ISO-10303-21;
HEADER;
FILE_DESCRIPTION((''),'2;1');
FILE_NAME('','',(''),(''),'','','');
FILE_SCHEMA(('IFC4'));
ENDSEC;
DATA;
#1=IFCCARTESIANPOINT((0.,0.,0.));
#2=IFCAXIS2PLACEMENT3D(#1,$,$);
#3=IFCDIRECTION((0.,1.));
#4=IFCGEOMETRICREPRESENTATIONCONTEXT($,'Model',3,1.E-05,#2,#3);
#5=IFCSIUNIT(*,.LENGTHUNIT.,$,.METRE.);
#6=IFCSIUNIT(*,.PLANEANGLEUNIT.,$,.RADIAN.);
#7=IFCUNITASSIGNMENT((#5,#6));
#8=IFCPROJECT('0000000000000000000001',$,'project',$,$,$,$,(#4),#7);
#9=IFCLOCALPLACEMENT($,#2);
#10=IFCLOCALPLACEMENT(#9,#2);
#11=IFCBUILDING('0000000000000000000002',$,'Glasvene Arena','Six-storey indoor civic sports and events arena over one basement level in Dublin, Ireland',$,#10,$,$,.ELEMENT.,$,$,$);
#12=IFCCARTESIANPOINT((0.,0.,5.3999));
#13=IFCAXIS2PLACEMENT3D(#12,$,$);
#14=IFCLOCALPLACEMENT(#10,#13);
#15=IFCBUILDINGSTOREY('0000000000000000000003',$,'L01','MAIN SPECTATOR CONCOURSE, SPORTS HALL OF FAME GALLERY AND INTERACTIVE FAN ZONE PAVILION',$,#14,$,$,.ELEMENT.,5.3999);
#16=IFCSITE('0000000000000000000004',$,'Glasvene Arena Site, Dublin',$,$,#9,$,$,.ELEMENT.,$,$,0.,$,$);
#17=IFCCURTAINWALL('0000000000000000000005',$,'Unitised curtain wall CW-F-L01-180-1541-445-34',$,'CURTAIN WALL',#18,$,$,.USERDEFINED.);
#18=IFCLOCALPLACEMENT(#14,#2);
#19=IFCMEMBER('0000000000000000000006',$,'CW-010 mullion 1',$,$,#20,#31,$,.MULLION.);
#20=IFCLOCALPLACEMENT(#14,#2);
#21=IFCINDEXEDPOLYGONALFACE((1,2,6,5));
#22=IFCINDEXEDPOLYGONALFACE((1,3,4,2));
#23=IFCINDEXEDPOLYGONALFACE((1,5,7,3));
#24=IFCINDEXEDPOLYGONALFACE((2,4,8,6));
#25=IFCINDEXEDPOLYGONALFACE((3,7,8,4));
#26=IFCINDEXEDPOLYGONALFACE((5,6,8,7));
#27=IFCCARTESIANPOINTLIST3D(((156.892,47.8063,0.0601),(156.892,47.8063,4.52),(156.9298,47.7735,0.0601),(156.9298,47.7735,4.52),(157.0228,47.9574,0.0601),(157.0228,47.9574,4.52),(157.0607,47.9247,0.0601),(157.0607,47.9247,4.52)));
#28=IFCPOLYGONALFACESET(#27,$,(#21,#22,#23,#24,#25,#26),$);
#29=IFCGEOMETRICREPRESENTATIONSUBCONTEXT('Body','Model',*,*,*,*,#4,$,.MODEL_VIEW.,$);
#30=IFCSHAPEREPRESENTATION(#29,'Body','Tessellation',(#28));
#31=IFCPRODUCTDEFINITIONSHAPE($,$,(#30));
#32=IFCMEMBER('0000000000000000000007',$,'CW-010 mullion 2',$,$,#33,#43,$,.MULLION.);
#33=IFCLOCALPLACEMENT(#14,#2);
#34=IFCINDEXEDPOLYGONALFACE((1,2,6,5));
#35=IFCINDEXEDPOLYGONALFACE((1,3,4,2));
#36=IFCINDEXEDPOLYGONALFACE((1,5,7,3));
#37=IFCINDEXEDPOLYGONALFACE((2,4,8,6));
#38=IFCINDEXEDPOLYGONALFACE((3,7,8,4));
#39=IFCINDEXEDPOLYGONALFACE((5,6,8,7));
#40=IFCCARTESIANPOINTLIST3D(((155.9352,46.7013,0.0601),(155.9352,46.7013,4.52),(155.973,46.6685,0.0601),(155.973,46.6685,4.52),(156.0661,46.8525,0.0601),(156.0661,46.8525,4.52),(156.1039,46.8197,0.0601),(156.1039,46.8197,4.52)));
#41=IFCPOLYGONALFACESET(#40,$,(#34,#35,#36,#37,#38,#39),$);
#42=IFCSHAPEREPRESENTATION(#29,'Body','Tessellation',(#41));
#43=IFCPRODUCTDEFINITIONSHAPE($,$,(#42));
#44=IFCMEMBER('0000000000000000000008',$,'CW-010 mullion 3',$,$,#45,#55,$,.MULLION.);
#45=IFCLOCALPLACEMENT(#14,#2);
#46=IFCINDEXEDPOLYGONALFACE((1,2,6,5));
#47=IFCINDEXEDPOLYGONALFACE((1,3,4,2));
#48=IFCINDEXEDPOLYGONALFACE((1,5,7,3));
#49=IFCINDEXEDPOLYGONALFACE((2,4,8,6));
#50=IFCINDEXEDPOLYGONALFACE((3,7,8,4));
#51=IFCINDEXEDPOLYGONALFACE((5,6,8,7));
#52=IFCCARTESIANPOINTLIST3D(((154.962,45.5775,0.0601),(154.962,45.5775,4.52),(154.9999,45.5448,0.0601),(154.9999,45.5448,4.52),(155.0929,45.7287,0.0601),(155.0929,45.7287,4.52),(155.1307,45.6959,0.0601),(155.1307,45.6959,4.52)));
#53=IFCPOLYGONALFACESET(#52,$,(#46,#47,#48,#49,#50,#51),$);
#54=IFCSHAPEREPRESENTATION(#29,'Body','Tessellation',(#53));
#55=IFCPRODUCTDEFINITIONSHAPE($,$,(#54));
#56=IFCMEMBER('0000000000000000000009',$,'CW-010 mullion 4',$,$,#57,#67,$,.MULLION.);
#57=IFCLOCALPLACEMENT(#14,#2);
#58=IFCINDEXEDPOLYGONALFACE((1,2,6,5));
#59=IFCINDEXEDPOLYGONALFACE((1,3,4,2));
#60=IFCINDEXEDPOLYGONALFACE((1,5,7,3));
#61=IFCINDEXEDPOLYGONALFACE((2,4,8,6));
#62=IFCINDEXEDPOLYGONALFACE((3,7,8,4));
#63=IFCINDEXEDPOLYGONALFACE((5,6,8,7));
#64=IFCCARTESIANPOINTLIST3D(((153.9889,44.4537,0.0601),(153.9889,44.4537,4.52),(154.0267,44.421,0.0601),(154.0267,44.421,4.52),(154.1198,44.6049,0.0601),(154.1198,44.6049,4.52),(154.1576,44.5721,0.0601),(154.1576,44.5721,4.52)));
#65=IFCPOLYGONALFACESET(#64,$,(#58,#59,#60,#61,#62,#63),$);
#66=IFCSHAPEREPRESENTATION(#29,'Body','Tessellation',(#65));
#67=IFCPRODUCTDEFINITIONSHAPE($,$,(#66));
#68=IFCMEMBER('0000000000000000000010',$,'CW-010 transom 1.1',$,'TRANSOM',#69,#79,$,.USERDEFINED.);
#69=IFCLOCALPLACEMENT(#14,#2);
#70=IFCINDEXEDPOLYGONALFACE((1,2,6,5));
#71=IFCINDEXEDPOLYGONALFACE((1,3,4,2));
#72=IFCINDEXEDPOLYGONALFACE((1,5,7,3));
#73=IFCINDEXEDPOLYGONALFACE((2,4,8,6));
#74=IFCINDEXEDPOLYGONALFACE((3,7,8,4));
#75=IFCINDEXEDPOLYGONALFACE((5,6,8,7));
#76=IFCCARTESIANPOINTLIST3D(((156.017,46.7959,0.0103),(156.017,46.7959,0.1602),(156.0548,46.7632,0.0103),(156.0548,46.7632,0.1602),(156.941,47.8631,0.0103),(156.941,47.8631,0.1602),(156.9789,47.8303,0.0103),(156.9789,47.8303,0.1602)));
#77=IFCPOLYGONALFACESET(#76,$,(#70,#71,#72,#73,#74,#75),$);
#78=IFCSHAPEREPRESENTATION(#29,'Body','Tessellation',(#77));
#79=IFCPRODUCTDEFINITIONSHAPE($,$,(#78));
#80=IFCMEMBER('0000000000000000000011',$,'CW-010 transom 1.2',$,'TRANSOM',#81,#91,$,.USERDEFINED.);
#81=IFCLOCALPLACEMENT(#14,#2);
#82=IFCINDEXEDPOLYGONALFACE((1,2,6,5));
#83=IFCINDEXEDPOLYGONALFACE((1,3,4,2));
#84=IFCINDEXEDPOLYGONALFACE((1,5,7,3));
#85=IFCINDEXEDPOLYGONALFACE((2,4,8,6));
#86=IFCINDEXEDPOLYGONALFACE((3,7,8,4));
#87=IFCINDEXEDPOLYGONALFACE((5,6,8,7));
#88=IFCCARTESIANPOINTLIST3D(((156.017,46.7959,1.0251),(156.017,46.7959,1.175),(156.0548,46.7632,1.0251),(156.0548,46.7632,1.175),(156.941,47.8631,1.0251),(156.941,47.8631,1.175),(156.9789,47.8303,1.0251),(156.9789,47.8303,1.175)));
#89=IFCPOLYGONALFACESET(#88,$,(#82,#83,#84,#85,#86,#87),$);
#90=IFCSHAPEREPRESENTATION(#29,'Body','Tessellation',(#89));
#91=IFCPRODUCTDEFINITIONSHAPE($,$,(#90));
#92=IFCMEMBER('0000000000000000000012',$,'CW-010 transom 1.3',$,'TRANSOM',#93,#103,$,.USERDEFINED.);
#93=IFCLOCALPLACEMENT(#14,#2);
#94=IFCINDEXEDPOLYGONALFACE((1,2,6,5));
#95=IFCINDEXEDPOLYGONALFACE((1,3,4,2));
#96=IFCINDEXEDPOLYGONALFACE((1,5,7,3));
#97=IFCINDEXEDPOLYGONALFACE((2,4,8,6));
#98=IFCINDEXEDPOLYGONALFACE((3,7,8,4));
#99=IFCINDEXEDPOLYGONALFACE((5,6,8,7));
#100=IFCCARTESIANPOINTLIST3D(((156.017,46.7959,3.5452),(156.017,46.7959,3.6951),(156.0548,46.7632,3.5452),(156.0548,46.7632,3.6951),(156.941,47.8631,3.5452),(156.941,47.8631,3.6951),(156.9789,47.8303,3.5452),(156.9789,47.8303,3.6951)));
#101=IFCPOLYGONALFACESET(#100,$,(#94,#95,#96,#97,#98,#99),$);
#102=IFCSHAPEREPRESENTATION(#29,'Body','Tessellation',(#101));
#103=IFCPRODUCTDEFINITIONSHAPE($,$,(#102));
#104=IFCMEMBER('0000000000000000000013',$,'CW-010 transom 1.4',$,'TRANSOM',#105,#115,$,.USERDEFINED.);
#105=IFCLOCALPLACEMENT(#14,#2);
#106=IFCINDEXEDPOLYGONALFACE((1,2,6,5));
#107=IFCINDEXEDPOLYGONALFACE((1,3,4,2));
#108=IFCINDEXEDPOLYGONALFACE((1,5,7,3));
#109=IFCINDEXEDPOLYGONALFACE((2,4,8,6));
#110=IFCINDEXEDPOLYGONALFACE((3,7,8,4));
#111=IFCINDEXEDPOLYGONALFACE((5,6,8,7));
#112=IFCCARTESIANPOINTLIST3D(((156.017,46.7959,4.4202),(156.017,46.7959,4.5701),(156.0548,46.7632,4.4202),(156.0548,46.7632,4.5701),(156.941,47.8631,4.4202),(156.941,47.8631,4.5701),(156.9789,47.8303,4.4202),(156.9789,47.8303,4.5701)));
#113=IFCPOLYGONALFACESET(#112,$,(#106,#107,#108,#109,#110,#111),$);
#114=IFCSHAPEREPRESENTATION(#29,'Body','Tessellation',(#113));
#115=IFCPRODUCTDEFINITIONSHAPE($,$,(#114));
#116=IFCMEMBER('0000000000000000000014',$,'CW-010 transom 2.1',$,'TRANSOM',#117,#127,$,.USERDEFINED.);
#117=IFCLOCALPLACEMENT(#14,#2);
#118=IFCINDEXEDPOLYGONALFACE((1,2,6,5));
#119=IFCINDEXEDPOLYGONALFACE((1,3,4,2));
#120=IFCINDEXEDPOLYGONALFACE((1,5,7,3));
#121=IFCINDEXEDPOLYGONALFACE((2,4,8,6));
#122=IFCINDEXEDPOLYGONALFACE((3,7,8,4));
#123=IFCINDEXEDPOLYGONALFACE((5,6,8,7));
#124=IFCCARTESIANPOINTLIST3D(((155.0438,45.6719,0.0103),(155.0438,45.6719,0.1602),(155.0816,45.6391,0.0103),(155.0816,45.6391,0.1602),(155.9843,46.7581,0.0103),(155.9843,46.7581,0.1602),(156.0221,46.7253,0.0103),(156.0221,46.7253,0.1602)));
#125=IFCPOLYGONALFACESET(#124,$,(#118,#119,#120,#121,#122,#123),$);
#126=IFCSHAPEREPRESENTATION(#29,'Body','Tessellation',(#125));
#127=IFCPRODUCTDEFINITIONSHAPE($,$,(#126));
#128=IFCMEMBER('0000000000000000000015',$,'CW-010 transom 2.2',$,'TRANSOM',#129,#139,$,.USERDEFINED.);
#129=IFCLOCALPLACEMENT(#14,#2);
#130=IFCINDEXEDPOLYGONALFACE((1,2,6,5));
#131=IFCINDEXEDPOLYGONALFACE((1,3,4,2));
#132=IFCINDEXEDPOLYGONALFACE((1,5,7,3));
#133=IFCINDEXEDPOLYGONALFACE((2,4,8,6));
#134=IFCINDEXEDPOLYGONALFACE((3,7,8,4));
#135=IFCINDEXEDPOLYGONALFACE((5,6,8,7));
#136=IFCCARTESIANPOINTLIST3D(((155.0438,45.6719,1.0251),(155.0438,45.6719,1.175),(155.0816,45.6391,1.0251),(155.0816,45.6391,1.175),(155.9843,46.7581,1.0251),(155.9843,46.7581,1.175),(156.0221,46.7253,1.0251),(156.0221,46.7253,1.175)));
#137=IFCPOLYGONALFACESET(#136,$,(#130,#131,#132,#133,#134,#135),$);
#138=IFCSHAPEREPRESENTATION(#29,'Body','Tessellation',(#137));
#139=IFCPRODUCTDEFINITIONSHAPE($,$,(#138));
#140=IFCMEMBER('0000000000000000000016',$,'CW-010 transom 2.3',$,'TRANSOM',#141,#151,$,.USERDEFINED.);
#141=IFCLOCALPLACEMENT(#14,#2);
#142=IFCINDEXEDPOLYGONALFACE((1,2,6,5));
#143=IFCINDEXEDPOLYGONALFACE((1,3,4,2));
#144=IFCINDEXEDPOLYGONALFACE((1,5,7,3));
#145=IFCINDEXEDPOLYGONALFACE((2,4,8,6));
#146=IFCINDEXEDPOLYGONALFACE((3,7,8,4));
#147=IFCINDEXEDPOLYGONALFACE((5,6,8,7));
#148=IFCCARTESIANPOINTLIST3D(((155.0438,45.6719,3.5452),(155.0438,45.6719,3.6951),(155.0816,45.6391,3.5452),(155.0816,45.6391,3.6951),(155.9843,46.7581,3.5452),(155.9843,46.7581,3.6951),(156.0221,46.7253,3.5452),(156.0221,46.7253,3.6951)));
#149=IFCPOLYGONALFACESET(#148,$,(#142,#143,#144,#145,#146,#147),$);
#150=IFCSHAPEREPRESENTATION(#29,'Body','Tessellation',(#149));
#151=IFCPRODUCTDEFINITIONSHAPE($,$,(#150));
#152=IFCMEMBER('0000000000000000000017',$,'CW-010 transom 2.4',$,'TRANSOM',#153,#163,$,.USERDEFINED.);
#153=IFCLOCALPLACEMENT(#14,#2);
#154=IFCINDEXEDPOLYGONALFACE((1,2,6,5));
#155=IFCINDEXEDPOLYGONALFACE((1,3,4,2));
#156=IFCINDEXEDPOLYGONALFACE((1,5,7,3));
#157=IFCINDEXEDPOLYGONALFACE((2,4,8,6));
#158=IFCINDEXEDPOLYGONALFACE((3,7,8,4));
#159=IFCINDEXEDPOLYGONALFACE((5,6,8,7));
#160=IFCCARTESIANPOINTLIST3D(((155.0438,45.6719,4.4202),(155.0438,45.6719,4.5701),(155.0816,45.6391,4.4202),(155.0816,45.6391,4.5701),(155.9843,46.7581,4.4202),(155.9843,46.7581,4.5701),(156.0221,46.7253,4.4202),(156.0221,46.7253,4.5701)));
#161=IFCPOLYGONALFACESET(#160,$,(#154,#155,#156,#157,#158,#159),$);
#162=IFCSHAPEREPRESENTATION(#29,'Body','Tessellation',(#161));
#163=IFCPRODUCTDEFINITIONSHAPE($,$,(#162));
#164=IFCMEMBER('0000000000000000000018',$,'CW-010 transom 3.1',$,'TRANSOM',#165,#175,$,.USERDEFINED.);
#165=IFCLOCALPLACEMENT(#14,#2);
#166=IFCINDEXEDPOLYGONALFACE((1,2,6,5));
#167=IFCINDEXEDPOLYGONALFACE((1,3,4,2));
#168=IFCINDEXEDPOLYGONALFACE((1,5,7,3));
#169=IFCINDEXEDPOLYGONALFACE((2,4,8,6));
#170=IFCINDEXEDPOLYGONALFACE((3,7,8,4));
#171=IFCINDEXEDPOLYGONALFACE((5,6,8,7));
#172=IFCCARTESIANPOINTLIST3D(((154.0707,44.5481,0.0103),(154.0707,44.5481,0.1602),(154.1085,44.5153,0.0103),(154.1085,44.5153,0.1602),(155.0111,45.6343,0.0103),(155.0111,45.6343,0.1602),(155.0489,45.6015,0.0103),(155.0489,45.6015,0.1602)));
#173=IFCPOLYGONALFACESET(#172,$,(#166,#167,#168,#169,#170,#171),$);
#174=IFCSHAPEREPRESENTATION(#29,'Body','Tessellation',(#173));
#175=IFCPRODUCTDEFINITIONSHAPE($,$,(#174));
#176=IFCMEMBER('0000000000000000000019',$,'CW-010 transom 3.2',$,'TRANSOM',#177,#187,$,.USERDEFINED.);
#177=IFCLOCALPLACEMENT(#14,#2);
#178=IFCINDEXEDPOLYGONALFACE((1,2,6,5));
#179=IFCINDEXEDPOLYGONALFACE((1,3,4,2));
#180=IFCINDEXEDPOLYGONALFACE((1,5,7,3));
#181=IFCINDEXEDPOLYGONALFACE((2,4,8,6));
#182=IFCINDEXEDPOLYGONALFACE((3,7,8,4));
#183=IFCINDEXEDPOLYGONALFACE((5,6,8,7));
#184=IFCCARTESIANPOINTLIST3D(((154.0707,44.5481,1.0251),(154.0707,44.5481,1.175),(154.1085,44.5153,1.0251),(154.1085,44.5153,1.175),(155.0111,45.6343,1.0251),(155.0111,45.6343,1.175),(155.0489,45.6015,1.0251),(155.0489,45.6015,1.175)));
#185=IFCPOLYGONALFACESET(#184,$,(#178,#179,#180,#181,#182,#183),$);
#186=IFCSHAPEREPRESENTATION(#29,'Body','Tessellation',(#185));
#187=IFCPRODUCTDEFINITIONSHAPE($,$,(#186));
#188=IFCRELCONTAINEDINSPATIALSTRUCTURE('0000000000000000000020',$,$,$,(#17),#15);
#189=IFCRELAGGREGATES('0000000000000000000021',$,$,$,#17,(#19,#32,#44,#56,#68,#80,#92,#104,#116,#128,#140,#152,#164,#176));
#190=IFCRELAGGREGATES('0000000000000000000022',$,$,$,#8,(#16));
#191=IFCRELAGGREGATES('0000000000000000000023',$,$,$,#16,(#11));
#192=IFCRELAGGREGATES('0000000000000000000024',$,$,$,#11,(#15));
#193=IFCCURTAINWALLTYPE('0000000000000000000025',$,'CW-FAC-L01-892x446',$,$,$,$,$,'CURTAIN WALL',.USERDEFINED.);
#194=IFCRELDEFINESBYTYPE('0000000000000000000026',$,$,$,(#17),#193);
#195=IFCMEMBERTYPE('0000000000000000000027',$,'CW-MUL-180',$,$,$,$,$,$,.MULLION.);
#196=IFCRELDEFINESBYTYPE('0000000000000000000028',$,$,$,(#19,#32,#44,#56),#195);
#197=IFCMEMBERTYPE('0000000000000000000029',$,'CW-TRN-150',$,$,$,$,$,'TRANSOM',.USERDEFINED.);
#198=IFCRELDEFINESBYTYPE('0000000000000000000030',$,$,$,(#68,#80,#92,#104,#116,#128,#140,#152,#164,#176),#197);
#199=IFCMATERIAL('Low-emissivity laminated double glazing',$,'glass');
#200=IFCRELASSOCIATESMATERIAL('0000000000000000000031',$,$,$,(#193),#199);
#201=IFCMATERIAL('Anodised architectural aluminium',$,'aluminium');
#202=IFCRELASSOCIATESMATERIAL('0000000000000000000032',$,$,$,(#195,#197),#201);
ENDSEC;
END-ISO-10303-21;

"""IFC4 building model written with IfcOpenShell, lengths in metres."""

from ifc_helpers import new_model, si_unit, direction, frame, origin, origin_2d, place, context, subcontext, project, spatial, rectangle, extrude, material, material_profile, profile_set, type_object, element, aggregate, save


model = new_model("IFC4")

# Units and contexts
model_context = context("Model", 3, precision=1e-05, world=origin(), true_north=direction((0.0, 1.0)))
body_context = subcontext(model_context, "Body", "Model", "MODEL_VIEW")
ifc_project = project(units=[si_unit("LENGTHUNIT", "METRE"), si_unit("PLANEANGLEUNIT", "RADIAN")], contexts=[model_context])

# Site, building, storey
site_placement = place(None, origin())
site = spatial("IfcSite", under=ifc_project, at=site_placement, Name="Glasvene Arena Site, Dublin", CompositionType="ELEMENT", RefElevation=0.0)
building_placement = place(site_placement, origin())
building = spatial("IfcBuilding", under=site, at=building_placement, Name="Glasvene Arena", Description="Six-storey indoor civic sports and events arena over one basement level in Dublin, Ireland", CompositionType="ELEMENT")
storey_placement = place(building_placement, frame((0.0, 0.0, 5.3999)))
storey = spatial("IfcBuildingStorey", under=building, at=storey_placement, Name="L01", Description="MAIN SPECTATOR CONCOURSE, SPORTS HALL OF FAME GALLERY AND INTERACTIVE FAN ZONE PAVILION", CompositionType="ELEMENT", Elevation=5.3999)

# Curtain wall, members
ifc_material_1 = material(Name="Low-emissivity laminated double glazing", Category="glass")
curtain_wall_type = type_object("IfcCurtainWallType", Name="CW-FAC-L01-892x446", ElementType="CURTAIN WALL", PredefinedType="USERDEFINED", material=ifc_material_1)
curtain_wall_placement = place(storey_placement, frame((156.9927, 47.8845, 0.0)))
curtain_wall = element("IfcCurtainWall", 1, at=curtain_wall_placement, inside=storey, type_object=curtain_wall_type, Name="Unitised curtain wall CW-F-L01-180-1541-445-34", ObjectType="CURTAIN WALL", PredefinedType="USERDEFINED")
ifc_material_2 = material(Name="Anodised architectural aluminium", Category="aluminium")
ifc_material_profile_1 = material_profile(ifc_material_2, rectangle(XDim=0.05, YDim=0.2, at=origin_2d()), Name="ALU MULLION 50x200")
ifc_profile_set_1 = profile_set([ifc_material_profile_1], Name="Anodised architectural aluminium")
member_type_1 = type_object("IfcMemberType", Name="CW-MUL-180", PredefinedType="MULLION", material=ifc_profile_set_1)
member_1_placement = place(storey_placement, frame((156.9763, 47.8655, 0.0601), z_axis=(0.0, 0.0, 1.0), x_axis=(0.755995, -0.654577, 0.0)))
member_1 = element("IfcMember", 2, at=member_1_placement, type_object=member_type_1, Name="CW-010 mullion 1", PredefinedType="MULLION", context=body_context, shape_type="SweptSolid", body=[
    extrude(rectangle(XDim=0.05, YDim=0.2, at=origin_2d()), origin(), (0.0, 0.0, 1.0), 4.46),
])
member_2_placement = place(storey_placement, frame((156.0195, 46.7605, 0.0601), z_axis=(0.0, 0.0, 1.0), x_axis=(0.755995, -0.654577, 0.0)))
member_2 = element("IfcMember", 3, at=member_2_placement, type_object=member_type_1, Name="CW-010 mullion 2", PredefinedType="MULLION", context=body_context, shape_type="SweptSolid", body=[
    extrude(rectangle(XDim=0.05, YDim=0.2, at=origin_2d()), origin(), (0.0, 0.0, 1.0), 4.46),
])
member_3_placement = place(storey_placement, frame((155.0464, 45.6367, 0.0601), z_axis=(0.0, 0.0, 1.0), x_axis=(0.755995, -0.654577, 0.0)))
member_3 = element("IfcMember", 4, at=member_3_placement, type_object=member_type_1, Name="CW-010 mullion 3", PredefinedType="MULLION", context=body_context, shape_type="SweptSolid", body=[
    extrude(rectangle(XDim=0.05, YDim=0.2, at=origin_2d()), origin(), (0.0, 0.0, 1.0), 4.46),
])
member_4_placement = place(storey_placement, frame((154.0732, 44.5129, 0.0601), z_axis=(0.0, 0.0, 1.0), x_axis=(0.755995, -0.654577, 0.0)))
member_4 = element("IfcMember", 5, at=member_4_placement, type_object=member_type_1, Name="CW-010 mullion 4", PredefinedType="MULLION", context=body_context, shape_type="SweptSolid", body=[
    extrude(rectangle(XDim=0.05, YDim=0.2, at=origin_2d()), origin(), (0.0, 0.0, 1.0), 4.46),
])
ifc_material_profile_2 = material_profile(ifc_material_2, rectangle(XDim=0.05, YDim=0.1499, at=origin_2d()), Name="ALU TRANSOM 50x150")
ifc_profile_set_2 = profile_set([ifc_material_profile_2], Name="Anodised architectural aluminium")
member_type_2 = type_object("IfcMemberType", Name="CW-TRN-150", ElementType="TRANSOM", PredefinedType="USERDEFINED", material=ifc_profile_set_2)
member_5_placement = place(storey_placement, frame((156.96, 47.8467, 0.0852), z_axis=(-0.654614, -0.755963, 0.0), x_axis=(0.755963, -0.654614, 0.0)))
member_5 = element("IfcMember", 6, at=member_5_placement, type_object=member_type_2, Name="CW-010 transom 1.1", ObjectType="TRANSOM", PredefinedType="USERDEFINED", context=body_context, shape_type="SweptSolid", body=[
    extrude(rectangle(XDim=0.05, YDim=0.1499, at=origin_2d()), origin(), (0.0, 0.0, 1.0), 1.4116),
])
member_6_placement = place(storey_placement, frame((156.96, 47.8467, 1.1001), z_axis=(-0.654614, -0.755963, 0.0), x_axis=(0.755963, -0.654614, 0.0)))
member_6 = element("IfcMember", 7, at=member_6_placement, type_object=member_type_2, Name="CW-010 transom 1.2", ObjectType="TRANSOM", PredefinedType="USERDEFINED", context=body_context, shape_type="SweptSolid", body=[
    extrude(rectangle(XDim=0.05, YDim=0.1499, at=origin_2d()), origin(), (0.0, 0.0, 1.0), 1.4116),
])
member_7_placement = place(storey_placement, frame((156.96, 47.8467, 3.6201), z_axis=(-0.654614, -0.755963, 0.0), x_axis=(0.755963, -0.654614, 0.0)))
member_7 = element("IfcMember", 8, at=member_7_placement, type_object=member_type_2, Name="CW-010 transom 1.3", ObjectType="TRANSOM", PredefinedType="USERDEFINED", context=body_context, shape_type="SweptSolid", body=[
    extrude(rectangle(XDim=0.05, YDim=0.1499, at=origin_2d()), origin(), (0.0, 0.0, 1.0), 1.4116),
])
member_8_placement = place(storey_placement, frame((156.96, 47.8467, 4.4951), z_axis=(-0.654614, -0.755963, 0.0), x_axis=(0.755963, -0.654614, 0.0)))
member_8 = element("IfcMember", 9, at=member_8_placement, type_object=member_type_2, Name="CW-010 transom 1.4", ObjectType="TRANSOM", PredefinedType="USERDEFINED", context=body_context, shape_type="SweptSolid", body=[
    extrude(rectangle(XDim=0.05, YDim=0.1499, at=origin_2d()), origin(), (0.0, 0.0, 1.0), 1.4116),
])
member_9_placement = place(storey_placement, frame((156.0032, 46.7417, 0.0852), z_axis=(-0.654562, -0.756009, 0.0), x_axis=(0.756009, -0.654562, 0.0)))
member_9 = element("IfcMember", 10, at=member_9_placement, type_object=member_type_2, Name="CW-010 transom 2.1", ObjectType="TRANSOM", PredefinedType="USERDEFINED", context=body_context, shape_type="SweptSolid", body=[
    extrude(rectangle(XDim=0.05, YDim=0.1499, at=origin_2d()), origin(), (0.0, 0.0, 1.0), 1.4368),
])
member_10_placement = place(storey_placement, frame((156.0032, 46.7417, 1.1001), z_axis=(-0.654562, -0.756009, 0.0), x_axis=(0.756009, -0.654562, 0.0)))
member_10 = element("IfcMember", 11, at=member_10_placement, type_object=member_type_2, Name="CW-010 transom 2.2", ObjectType="TRANSOM", PredefinedType="USERDEFINED", context=body_context, shape_type="SweptSolid", body=[
    extrude(rectangle(XDim=0.05, YDim=0.1499, at=origin_2d()), origin(), (0.0, 0.0, 1.0), 1.4368),
])
member_11_placement = place(storey_placement, frame((156.0032, 46.7417, 3.6201), z_axis=(-0.654562, -0.756009, 0.0), x_axis=(0.756009, -0.654562, 0.0)))
member_11 = element("IfcMember", 12, at=member_11_placement, type_object=member_type_2, Name="CW-010 transom 2.3", ObjectType="TRANSOM", PredefinedType="USERDEFINED", context=body_context, shape_type="SweptSolid", body=[
    extrude(rectangle(XDim=0.05, YDim=0.1499, at=origin_2d()), origin(), (0.0, 0.0, 1.0), 1.4368),
])
member_12_placement = place(storey_placement, frame((156.0032, 46.7417, 4.4951), z_axis=(-0.654562, -0.756009, 0.0), x_axis=(0.756009, -0.654562, 0.0)))
member_12 = element("IfcMember", 13, at=member_12_placement, type_object=member_type_2, Name="CW-010 transom 2.4", ObjectType="TRANSOM", PredefinedType="USERDEFINED", context=body_context, shape_type="SweptSolid", body=[
    extrude(rectangle(XDim=0.05, YDim=0.1499, at=origin_2d()), origin(), (0.0, 0.0, 1.0), 1.4368),
])
member_13_placement = place(storey_placement, frame((155.03, 45.6179, 0.0852), z_axis=(-0.654562, -0.756009, 0.0), x_axis=(0.756009, -0.654562, 0.0)))
member_13 = element("IfcMember", 14, at=member_13_placement, type_object=member_type_2, Name="CW-010 transom 3.1", ObjectType="TRANSOM", PredefinedType="USERDEFINED", context=body_context, shape_type="SweptSolid", body=[
    extrude(rectangle(XDim=0.05, YDim=0.1499, at=origin_2d()), origin(), (0.0, 0.0, 1.0), 1.4368),
])
member_14_placement = place(storey_placement, frame((155.03, 45.6179, 1.1001), z_axis=(-0.654562, -0.756009, 0.0), x_axis=(0.756009, -0.654562, 0.0)))
member_14 = element("IfcMember", 15, at=member_14_placement, type_object=member_type_2, Name="CW-010 transom 3.2", ObjectType="TRANSOM", PredefinedType="USERDEFINED", context=body_context, shape_type="SweptSolid", body=[
    extrude(rectangle(XDim=0.05, YDim=0.1499, at=origin_2d()), origin(), (0.0, 0.0, 1.0), 1.4368),
])
aggregate(curtain_wall, [member_1, member_2, member_3, member_4, member_5, member_6, member_7, member_8, member_9, member_10, member_11, member_12, member_13, member_14])

save(model, "model.ifc")
